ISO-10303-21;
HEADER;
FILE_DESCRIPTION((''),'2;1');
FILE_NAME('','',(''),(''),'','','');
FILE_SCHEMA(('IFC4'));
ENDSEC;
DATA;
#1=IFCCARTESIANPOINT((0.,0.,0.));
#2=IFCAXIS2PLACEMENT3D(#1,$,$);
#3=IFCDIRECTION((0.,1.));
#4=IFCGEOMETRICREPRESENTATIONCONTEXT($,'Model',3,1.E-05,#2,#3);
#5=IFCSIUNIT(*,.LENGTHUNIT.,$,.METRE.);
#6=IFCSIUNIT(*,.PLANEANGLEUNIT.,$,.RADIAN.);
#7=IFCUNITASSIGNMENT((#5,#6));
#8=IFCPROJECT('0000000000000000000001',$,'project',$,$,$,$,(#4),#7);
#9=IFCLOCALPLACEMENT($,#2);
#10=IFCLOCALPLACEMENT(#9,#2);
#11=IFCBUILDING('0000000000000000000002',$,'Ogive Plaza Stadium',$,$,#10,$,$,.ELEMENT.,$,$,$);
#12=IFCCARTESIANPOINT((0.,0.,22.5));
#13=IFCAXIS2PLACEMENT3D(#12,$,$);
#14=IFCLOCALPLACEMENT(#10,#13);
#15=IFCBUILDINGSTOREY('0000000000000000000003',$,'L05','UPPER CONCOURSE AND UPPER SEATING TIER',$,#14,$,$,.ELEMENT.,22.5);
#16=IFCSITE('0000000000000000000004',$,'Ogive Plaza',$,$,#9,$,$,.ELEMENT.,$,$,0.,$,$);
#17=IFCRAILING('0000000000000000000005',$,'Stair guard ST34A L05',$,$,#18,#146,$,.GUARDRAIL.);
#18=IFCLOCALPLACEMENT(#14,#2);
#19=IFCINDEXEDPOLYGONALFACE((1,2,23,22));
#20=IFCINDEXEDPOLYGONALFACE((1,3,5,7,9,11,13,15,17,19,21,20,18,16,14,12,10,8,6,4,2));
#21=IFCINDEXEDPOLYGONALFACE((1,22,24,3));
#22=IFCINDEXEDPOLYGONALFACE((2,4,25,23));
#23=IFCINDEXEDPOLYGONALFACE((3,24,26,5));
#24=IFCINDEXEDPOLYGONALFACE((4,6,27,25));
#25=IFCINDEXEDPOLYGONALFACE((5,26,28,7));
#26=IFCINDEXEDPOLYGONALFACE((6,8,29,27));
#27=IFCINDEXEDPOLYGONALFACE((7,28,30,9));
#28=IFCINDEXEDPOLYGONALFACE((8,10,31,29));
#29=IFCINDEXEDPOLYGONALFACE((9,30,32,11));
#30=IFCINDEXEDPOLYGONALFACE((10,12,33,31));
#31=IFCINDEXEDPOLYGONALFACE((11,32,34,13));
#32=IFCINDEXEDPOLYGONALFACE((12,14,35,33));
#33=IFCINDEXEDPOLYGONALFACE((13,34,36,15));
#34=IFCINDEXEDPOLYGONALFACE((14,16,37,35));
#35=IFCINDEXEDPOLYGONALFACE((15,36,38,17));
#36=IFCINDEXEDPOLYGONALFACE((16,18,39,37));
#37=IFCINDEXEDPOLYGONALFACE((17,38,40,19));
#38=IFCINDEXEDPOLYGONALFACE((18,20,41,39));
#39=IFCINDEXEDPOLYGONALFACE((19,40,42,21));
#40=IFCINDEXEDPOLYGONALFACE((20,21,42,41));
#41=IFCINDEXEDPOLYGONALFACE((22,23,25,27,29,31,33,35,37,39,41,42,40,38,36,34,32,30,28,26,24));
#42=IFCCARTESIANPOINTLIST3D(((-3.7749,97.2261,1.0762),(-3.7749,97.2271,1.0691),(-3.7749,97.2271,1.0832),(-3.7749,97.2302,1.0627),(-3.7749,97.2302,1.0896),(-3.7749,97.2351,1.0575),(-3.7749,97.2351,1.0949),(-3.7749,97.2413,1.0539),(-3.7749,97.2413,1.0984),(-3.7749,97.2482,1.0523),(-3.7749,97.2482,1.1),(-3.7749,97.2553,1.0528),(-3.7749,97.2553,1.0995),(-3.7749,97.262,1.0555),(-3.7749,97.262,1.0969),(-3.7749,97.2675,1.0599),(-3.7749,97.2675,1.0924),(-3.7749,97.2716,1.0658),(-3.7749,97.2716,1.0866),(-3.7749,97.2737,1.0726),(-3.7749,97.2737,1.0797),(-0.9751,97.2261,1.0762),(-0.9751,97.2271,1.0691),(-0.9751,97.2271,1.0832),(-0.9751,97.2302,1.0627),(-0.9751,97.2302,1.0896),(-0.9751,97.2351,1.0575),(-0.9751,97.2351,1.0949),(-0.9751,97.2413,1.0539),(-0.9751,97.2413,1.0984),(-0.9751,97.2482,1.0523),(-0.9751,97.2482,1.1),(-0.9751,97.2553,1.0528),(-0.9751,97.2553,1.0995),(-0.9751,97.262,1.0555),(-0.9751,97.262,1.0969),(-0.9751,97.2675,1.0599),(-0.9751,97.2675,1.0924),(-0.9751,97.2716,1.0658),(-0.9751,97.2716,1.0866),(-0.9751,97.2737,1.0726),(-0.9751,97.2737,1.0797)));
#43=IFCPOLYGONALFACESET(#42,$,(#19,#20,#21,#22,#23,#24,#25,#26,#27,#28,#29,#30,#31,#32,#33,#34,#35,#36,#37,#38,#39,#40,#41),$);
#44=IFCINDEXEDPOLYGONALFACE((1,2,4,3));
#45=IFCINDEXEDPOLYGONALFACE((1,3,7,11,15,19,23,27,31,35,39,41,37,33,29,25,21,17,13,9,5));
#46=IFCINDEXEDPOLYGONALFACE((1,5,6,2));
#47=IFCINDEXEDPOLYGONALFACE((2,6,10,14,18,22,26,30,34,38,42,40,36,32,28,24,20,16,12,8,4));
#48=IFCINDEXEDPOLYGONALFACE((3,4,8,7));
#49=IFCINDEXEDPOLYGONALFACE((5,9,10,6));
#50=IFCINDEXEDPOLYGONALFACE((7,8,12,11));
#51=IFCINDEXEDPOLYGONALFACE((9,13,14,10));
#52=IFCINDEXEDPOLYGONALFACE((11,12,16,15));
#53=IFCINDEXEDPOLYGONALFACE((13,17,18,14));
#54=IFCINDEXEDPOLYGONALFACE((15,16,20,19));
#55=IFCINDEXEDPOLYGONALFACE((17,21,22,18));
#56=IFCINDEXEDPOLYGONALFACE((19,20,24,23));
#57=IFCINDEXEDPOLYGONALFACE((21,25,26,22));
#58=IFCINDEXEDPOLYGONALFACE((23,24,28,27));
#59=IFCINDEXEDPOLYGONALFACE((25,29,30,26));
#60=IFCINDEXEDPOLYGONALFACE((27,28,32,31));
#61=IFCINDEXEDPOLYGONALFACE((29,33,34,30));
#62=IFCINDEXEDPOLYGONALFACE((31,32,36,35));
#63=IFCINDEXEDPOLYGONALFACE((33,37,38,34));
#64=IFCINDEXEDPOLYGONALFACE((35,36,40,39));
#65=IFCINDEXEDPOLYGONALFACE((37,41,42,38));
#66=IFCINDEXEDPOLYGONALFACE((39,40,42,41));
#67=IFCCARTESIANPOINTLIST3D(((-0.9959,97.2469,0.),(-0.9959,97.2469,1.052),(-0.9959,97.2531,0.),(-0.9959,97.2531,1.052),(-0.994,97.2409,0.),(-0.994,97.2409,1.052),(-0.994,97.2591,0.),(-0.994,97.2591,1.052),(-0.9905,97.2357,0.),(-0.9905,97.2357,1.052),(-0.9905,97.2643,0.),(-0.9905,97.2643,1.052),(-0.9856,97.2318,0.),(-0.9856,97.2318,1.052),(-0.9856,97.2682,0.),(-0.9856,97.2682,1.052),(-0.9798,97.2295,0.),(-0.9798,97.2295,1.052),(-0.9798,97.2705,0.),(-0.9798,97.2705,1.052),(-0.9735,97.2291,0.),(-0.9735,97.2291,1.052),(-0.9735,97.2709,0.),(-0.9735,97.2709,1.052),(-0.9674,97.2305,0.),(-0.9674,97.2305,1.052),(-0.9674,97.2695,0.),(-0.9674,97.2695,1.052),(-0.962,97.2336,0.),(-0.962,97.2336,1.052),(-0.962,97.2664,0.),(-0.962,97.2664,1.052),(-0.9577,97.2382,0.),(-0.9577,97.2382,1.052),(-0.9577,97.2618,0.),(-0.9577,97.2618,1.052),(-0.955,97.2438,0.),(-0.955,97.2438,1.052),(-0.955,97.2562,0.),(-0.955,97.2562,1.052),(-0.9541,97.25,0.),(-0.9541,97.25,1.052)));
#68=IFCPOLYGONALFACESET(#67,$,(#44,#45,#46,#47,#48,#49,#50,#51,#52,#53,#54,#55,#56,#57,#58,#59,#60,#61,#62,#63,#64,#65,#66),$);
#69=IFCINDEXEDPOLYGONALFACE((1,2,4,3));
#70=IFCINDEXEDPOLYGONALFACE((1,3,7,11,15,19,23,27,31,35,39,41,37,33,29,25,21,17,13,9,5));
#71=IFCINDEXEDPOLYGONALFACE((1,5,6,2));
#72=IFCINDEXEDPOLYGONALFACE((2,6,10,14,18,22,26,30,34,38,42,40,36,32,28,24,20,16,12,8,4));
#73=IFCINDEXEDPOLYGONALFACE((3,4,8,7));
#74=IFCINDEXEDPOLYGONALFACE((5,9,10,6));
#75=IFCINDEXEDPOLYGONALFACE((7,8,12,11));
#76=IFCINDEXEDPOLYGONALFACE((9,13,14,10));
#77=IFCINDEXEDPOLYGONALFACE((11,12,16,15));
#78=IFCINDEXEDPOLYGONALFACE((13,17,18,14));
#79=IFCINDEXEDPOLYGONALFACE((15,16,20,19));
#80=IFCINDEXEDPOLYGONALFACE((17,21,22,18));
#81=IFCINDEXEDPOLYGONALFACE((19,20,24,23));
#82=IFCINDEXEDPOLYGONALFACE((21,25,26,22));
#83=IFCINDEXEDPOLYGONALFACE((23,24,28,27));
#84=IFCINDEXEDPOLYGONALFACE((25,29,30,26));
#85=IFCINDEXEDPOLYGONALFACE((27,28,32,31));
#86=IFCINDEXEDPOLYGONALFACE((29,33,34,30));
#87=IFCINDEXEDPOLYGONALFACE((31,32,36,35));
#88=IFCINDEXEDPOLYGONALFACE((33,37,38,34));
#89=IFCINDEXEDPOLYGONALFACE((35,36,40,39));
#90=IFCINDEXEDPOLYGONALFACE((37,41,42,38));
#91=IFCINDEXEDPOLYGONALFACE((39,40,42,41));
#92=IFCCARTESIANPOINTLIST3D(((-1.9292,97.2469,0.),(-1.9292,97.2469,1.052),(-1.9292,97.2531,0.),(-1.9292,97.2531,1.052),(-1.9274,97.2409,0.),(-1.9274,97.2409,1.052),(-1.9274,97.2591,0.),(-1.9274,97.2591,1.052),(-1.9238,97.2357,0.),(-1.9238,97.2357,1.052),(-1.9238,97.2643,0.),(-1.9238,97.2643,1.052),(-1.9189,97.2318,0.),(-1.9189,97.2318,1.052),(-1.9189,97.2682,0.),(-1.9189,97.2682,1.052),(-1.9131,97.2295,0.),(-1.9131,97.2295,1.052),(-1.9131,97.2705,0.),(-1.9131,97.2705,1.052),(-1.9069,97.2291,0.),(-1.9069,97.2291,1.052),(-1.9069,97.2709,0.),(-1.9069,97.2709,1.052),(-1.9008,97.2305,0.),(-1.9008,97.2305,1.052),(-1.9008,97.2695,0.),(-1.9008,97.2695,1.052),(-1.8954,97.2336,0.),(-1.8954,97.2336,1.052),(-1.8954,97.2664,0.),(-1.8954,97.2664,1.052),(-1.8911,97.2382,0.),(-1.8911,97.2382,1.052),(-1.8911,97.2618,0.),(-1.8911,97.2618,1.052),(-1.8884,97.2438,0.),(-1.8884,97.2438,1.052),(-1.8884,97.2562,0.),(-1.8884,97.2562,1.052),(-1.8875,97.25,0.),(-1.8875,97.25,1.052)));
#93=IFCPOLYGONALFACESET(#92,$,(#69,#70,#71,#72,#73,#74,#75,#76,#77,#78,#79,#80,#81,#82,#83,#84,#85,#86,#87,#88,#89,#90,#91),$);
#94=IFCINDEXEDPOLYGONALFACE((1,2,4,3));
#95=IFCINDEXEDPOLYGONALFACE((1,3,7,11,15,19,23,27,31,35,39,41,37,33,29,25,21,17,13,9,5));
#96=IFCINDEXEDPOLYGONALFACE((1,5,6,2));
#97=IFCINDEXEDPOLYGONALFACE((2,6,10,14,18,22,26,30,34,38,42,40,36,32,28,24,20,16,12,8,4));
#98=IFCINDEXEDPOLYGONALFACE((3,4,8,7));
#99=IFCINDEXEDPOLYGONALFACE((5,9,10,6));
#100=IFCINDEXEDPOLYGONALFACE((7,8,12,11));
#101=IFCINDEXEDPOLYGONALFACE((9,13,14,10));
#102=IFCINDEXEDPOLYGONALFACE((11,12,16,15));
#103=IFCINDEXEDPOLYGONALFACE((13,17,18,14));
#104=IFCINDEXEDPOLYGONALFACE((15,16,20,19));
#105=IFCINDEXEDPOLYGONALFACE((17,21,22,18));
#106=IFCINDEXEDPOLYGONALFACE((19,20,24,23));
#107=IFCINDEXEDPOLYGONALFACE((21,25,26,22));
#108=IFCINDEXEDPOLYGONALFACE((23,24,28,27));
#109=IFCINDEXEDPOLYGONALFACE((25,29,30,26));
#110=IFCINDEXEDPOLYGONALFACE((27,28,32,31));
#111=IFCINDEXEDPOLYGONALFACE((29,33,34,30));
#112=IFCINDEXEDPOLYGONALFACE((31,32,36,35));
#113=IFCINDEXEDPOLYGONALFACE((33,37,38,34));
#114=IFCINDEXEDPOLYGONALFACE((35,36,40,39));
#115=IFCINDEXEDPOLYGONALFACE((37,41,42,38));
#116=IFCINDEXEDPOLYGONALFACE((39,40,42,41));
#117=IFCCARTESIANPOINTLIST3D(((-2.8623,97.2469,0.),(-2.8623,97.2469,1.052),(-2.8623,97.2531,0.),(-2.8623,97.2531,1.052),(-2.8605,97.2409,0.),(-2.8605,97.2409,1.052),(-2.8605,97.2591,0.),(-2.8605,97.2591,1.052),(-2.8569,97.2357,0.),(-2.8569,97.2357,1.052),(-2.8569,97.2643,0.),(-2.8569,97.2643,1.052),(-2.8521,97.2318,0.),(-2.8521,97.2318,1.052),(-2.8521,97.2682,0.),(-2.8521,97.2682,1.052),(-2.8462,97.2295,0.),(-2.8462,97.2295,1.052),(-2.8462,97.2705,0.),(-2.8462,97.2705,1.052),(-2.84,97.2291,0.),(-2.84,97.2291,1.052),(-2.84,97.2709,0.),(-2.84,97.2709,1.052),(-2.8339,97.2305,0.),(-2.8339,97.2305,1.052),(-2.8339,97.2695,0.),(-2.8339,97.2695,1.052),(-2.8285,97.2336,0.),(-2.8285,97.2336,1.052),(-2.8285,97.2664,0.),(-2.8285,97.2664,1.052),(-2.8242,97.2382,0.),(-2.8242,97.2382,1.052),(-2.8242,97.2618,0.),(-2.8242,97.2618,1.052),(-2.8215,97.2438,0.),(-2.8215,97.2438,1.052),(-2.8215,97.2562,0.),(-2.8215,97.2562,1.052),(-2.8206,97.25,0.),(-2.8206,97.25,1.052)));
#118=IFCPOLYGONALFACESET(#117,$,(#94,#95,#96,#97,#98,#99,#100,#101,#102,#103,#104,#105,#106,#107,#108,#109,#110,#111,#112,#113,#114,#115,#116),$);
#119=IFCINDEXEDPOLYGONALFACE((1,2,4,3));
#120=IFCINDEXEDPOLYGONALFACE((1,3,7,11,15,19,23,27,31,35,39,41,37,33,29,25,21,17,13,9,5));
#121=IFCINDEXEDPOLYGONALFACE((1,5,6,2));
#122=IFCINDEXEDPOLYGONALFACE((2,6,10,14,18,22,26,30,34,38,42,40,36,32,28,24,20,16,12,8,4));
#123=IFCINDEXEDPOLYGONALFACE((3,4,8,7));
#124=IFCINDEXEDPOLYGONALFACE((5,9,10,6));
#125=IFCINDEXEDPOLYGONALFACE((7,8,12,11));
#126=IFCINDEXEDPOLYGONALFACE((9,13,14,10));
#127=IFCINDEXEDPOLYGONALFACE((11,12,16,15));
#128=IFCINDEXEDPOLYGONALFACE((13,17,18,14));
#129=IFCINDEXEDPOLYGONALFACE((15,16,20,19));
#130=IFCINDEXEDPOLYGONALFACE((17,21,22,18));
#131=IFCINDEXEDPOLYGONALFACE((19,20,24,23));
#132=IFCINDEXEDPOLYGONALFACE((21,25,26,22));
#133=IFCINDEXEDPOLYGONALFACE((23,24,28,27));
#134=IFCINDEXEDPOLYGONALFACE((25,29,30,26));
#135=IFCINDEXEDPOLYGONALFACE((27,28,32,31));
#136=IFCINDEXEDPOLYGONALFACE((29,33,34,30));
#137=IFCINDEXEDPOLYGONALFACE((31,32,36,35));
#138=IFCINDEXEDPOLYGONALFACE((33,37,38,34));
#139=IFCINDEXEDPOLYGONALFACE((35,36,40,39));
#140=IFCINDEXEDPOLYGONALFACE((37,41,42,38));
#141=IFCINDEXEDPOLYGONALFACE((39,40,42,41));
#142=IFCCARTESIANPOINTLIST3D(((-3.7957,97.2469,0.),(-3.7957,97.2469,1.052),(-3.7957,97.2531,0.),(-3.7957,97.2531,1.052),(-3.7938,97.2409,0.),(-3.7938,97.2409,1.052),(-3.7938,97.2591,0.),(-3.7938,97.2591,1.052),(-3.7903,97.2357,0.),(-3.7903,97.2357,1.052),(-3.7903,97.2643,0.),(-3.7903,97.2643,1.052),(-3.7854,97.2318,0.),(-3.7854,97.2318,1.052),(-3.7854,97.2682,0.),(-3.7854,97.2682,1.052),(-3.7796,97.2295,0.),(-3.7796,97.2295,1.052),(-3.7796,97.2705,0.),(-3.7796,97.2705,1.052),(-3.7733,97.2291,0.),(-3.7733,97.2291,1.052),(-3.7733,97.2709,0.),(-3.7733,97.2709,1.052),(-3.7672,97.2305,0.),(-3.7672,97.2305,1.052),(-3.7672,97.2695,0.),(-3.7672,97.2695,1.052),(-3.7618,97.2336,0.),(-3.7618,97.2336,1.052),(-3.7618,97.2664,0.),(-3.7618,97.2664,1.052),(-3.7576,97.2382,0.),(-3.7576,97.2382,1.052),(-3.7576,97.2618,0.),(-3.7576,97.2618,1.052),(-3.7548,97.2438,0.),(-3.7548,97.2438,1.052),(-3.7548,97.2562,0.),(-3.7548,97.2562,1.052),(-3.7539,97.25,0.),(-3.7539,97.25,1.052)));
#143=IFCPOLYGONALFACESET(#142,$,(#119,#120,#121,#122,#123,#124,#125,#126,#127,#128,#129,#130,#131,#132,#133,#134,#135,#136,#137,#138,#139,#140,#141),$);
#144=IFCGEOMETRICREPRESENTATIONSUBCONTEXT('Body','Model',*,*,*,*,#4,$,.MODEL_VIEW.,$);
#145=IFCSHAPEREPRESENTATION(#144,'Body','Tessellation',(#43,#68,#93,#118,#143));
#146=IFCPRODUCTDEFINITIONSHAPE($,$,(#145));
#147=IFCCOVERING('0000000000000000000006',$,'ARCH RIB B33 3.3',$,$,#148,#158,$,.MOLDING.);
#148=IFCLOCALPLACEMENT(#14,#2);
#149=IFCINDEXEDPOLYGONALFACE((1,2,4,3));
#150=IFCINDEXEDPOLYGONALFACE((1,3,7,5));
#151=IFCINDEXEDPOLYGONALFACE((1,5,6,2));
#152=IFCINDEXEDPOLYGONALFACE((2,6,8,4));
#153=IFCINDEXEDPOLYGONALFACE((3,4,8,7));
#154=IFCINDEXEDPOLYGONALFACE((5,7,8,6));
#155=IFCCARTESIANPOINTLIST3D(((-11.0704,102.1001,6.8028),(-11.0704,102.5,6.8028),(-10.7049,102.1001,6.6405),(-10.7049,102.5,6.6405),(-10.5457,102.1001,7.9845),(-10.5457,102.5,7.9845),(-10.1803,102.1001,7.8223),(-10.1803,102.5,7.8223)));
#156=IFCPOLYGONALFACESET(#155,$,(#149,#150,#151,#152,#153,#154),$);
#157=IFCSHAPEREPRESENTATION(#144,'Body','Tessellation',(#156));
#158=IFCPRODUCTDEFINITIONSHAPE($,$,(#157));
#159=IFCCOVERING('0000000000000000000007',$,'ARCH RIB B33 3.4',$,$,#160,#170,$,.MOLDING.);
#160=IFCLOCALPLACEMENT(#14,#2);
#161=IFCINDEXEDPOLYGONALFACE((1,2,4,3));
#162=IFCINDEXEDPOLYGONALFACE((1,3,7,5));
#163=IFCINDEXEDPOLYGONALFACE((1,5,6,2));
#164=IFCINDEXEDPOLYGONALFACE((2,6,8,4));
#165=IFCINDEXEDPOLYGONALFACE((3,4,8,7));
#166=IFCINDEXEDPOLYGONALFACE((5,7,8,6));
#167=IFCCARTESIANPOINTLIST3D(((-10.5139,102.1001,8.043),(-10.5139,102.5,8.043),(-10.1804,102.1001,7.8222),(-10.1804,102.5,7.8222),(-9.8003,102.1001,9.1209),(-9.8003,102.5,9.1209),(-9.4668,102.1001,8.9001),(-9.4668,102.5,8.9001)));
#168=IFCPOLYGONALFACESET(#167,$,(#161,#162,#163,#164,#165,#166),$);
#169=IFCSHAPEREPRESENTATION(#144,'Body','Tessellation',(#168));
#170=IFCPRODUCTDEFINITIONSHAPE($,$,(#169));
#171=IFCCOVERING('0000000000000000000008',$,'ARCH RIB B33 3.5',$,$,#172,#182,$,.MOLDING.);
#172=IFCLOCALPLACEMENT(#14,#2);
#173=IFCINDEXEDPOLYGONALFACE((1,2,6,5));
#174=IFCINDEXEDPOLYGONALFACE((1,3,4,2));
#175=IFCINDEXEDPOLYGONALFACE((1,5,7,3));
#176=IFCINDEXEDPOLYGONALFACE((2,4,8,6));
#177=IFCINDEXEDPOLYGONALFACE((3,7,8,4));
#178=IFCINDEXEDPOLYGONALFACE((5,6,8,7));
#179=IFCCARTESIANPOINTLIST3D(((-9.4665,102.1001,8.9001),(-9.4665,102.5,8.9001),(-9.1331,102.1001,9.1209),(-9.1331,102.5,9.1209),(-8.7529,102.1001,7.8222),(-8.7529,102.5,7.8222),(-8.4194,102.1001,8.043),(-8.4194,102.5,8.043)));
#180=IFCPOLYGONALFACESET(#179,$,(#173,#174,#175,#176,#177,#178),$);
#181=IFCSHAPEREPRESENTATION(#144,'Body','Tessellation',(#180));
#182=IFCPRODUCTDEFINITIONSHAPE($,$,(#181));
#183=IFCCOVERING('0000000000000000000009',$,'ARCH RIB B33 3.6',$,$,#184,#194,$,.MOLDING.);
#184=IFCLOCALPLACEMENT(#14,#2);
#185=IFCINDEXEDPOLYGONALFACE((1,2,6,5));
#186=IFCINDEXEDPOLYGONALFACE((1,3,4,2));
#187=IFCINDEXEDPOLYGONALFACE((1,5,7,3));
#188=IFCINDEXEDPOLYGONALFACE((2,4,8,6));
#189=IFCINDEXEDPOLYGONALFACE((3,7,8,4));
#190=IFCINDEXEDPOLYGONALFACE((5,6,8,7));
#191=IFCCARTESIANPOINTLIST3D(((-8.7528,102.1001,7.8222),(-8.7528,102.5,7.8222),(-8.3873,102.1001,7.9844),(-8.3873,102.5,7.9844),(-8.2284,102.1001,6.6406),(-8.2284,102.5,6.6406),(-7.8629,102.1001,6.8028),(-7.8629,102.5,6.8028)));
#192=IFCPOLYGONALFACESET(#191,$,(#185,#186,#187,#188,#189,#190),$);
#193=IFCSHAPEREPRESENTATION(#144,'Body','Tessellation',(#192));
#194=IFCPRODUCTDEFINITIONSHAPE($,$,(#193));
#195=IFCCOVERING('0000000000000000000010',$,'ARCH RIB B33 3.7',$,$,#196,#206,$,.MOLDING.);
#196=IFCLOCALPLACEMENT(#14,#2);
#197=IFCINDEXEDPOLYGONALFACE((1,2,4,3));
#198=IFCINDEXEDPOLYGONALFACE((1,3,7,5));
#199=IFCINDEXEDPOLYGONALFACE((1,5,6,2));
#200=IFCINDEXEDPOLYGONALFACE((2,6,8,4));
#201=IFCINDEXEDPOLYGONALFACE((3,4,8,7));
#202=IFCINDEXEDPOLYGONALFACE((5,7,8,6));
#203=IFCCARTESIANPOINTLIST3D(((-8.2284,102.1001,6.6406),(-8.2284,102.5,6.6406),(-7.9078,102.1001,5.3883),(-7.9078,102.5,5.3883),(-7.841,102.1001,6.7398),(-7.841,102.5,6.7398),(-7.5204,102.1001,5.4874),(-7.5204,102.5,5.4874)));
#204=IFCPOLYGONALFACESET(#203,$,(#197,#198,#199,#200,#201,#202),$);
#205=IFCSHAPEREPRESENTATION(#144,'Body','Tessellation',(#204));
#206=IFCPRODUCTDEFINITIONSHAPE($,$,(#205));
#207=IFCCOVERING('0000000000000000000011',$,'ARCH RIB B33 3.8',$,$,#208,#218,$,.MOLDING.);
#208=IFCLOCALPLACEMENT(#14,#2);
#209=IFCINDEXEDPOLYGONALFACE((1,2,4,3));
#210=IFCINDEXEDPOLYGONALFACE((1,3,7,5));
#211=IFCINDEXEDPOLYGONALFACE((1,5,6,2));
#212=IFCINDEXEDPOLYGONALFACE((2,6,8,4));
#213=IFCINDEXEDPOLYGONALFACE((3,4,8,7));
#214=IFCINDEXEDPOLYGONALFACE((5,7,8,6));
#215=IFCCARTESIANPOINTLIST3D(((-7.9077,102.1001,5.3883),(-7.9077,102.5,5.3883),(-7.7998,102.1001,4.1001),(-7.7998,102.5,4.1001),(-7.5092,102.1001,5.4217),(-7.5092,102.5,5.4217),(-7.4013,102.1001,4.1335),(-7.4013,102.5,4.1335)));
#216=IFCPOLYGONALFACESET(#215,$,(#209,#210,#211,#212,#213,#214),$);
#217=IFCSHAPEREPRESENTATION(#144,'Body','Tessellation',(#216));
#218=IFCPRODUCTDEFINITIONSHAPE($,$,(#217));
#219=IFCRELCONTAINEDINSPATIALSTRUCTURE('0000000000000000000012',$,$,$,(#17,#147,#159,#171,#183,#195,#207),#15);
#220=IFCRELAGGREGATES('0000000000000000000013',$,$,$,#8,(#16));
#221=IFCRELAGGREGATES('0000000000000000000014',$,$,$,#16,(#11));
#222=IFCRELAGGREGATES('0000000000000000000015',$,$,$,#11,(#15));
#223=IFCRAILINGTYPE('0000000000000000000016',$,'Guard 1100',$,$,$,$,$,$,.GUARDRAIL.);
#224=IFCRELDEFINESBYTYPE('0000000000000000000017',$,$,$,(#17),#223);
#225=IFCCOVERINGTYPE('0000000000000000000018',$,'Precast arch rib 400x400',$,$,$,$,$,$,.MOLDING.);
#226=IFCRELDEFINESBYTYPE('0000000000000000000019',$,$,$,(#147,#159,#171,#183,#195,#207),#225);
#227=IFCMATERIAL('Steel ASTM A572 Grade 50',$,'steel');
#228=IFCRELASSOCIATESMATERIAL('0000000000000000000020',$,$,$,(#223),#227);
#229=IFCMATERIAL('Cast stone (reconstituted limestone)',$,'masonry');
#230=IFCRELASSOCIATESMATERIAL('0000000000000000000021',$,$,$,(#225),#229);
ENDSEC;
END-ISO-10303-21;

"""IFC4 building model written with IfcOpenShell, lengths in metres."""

from ifc_helpers import new_model, si_unit, direction, frame, origin, origin_2d, place, context, subcontext, project, spatial, rectangle, circle, extrude, material, material_profile, profile_set, type_object, element, save


model = new_model("IFC4")

# Units and contexts
model_context = context("Model", 3, precision=1e-05, world=origin(), true_north=direction((0.0, 1.0)))
body_context = subcontext(model_context, "Body", "Model", "MODEL_VIEW")
ifc_project = project(units=[si_unit("LENGTHUNIT", "METRE"), si_unit("PLANEANGLEUNIT", "RADIAN")], contexts=[model_context])

# Site, building, storey
site_placement = place(None, origin())
site = spatial("IfcSite", under=ifc_project, at=site_placement, Name="Ogive Plaza", CompositionType="ELEMENT", RefElevation=0.0)
building_placement = place(site_placement, origin())
building = spatial("IfcBuilding", under=site, at=building_placement, Name="Ogive Plaza Stadium", CompositionType="ELEMENT")
storey_placement = place(building_placement, frame((0.0, 0.0, 22.5)))
storey = spatial("IfcBuildingStorey", under=building, at=storey_placement, Name="L05", Description="UPPER CONCOURSE AND UPPER SEATING TIER", CompositionType="ELEMENT", Elevation=22.5)

# Railing
ifc_material_1 = material(Name="Steel ASTM A572 Grade 50", Category="steel")
railing_type = type_object("IfcRailingType", Name="Guard 1100", PredefinedType="GUARDRAIL", material=ifc_material_1)
railing_placement = place(storey_placement, frame((-0.9751, 97.25, 0.0)))
element("IfcRailing", 1, at=railing_placement, inside=storey, type_object=railing_type, Name="Stair guard ST34A L05", PredefinedType="GUARDRAIL", context=body_context, shape_type="SweptSolid", body=[
    extrude(circle(Radius=0.0239, at=origin_2d()), frame((0.0, 0.0, 1.0762), z_axis=(-1.0, 0.0, 0.0), x_axis=(0.0, -1.0, 0.0)), (0.0, 0.0, 1.0), 2.7998),
    extrude(circle(Radius=0.021, at=origin_2d()), origin(), (0.0, 0.0, 1.0), 1.052),
    extrude(circle(Radius=0.021, at=origin_2d()), frame((-0.9333, 0.0, 0.0)), (0.0, 0.0, 1.0), 1.052),
    extrude(circle(Radius=0.021, at=origin_2d()), frame((-1.8665, 0.0, 0.0)), (0.0, 0.0, 1.0), 1.052),
    extrude(circle(Radius=0.021, at=origin_2d()), frame((-2.7998, 0.0, 0.0)), (0.0, 0.0, 1.0), 1.052),
])

# Coverings
ifc_material_2 = material(Name="Cast stone (reconstituted limestone)", Category="masonry")
ifc_material_profile_1 = material_profile(ifc_material_2, rectangle(XDim=0.3999, YDim=0.3999, at=origin_2d()), Name="Cast stone 400x400")
ifc_profile_set_1 = profile_set([ifc_material_profile_1], Name="Cast stone (reconstituted limestone)")
covering_type_1 = type_object("IfcCoveringType", Name="Precast arch rib 400x400", PredefinedType="MOLDING", material=ifc_profile_set_1)
covering_1_placement = place(storey_placement, frame((-10.8877, 102.3, 6.7217), z_axis=(0.405806, 0.0, 0.913959), x_axis=(0.0, 1.0, 0.0)))
element("IfcCovering", 2, at=covering_1_placement, inside=storey, type_object=covering_type_1, Name="ARCH RIB B33 3.3", PredefinedType="MOLDING", context=body_context, shape_type="SweptSolid", body=[
    extrude(rectangle(XDim=0.3999, YDim=0.3999, at=origin_2d()), origin(), (0.0, 0.0, 1.0), 1.293),
])
for number, where, z_axis, x_axis, name in (
    (3, (-10.3472, 102.3, 7.9326), (0.552039, 0.0, 0.833818), (0.0, 1.0, 0.0), "ARCH RIB B33 3.4"),
    (4, (-9.2998, 102.3, 9.0105), (0.552039, 0.0, -0.833818), (0.0, 1.0, 0.0), "ARCH RIB B33 3.5"),
    (5, (-8.5701, 102.3, 7.9033), (0.405648, 0.0, -0.914029), (0.0, 1.0, 0.0), "ARCH RIB B33 3.6"),
    (6, (-8.0347, 102.3, 6.6902), (0.247953, 0.0, -0.968772), (0.0, 1.0, 0.0), "ARCH RIB B33 3.7"),
    (7, (-7.7085, 102.3, 5.405), (0.083467, 0.0, -0.996511), (0.0, 1.0, 0.0), "ARCH RIB B33 3.8"),
):
    element("IfcCovering", number, at=place(storey_placement, frame(where, z_axis=z_axis, x_axis=x_axis)), inside=storey, type_object=covering_type_1, Name=name, PredefinedType="MOLDING", context=body_context, shape_type="SweptSolid", body=[
        extrude(rectangle(XDim=0.3999, YDim=0.3999, at=origin_2d()), origin(), (0.0, 0.0, 1.0), 1.2927),
    ])

save(model, "model.ifc")
